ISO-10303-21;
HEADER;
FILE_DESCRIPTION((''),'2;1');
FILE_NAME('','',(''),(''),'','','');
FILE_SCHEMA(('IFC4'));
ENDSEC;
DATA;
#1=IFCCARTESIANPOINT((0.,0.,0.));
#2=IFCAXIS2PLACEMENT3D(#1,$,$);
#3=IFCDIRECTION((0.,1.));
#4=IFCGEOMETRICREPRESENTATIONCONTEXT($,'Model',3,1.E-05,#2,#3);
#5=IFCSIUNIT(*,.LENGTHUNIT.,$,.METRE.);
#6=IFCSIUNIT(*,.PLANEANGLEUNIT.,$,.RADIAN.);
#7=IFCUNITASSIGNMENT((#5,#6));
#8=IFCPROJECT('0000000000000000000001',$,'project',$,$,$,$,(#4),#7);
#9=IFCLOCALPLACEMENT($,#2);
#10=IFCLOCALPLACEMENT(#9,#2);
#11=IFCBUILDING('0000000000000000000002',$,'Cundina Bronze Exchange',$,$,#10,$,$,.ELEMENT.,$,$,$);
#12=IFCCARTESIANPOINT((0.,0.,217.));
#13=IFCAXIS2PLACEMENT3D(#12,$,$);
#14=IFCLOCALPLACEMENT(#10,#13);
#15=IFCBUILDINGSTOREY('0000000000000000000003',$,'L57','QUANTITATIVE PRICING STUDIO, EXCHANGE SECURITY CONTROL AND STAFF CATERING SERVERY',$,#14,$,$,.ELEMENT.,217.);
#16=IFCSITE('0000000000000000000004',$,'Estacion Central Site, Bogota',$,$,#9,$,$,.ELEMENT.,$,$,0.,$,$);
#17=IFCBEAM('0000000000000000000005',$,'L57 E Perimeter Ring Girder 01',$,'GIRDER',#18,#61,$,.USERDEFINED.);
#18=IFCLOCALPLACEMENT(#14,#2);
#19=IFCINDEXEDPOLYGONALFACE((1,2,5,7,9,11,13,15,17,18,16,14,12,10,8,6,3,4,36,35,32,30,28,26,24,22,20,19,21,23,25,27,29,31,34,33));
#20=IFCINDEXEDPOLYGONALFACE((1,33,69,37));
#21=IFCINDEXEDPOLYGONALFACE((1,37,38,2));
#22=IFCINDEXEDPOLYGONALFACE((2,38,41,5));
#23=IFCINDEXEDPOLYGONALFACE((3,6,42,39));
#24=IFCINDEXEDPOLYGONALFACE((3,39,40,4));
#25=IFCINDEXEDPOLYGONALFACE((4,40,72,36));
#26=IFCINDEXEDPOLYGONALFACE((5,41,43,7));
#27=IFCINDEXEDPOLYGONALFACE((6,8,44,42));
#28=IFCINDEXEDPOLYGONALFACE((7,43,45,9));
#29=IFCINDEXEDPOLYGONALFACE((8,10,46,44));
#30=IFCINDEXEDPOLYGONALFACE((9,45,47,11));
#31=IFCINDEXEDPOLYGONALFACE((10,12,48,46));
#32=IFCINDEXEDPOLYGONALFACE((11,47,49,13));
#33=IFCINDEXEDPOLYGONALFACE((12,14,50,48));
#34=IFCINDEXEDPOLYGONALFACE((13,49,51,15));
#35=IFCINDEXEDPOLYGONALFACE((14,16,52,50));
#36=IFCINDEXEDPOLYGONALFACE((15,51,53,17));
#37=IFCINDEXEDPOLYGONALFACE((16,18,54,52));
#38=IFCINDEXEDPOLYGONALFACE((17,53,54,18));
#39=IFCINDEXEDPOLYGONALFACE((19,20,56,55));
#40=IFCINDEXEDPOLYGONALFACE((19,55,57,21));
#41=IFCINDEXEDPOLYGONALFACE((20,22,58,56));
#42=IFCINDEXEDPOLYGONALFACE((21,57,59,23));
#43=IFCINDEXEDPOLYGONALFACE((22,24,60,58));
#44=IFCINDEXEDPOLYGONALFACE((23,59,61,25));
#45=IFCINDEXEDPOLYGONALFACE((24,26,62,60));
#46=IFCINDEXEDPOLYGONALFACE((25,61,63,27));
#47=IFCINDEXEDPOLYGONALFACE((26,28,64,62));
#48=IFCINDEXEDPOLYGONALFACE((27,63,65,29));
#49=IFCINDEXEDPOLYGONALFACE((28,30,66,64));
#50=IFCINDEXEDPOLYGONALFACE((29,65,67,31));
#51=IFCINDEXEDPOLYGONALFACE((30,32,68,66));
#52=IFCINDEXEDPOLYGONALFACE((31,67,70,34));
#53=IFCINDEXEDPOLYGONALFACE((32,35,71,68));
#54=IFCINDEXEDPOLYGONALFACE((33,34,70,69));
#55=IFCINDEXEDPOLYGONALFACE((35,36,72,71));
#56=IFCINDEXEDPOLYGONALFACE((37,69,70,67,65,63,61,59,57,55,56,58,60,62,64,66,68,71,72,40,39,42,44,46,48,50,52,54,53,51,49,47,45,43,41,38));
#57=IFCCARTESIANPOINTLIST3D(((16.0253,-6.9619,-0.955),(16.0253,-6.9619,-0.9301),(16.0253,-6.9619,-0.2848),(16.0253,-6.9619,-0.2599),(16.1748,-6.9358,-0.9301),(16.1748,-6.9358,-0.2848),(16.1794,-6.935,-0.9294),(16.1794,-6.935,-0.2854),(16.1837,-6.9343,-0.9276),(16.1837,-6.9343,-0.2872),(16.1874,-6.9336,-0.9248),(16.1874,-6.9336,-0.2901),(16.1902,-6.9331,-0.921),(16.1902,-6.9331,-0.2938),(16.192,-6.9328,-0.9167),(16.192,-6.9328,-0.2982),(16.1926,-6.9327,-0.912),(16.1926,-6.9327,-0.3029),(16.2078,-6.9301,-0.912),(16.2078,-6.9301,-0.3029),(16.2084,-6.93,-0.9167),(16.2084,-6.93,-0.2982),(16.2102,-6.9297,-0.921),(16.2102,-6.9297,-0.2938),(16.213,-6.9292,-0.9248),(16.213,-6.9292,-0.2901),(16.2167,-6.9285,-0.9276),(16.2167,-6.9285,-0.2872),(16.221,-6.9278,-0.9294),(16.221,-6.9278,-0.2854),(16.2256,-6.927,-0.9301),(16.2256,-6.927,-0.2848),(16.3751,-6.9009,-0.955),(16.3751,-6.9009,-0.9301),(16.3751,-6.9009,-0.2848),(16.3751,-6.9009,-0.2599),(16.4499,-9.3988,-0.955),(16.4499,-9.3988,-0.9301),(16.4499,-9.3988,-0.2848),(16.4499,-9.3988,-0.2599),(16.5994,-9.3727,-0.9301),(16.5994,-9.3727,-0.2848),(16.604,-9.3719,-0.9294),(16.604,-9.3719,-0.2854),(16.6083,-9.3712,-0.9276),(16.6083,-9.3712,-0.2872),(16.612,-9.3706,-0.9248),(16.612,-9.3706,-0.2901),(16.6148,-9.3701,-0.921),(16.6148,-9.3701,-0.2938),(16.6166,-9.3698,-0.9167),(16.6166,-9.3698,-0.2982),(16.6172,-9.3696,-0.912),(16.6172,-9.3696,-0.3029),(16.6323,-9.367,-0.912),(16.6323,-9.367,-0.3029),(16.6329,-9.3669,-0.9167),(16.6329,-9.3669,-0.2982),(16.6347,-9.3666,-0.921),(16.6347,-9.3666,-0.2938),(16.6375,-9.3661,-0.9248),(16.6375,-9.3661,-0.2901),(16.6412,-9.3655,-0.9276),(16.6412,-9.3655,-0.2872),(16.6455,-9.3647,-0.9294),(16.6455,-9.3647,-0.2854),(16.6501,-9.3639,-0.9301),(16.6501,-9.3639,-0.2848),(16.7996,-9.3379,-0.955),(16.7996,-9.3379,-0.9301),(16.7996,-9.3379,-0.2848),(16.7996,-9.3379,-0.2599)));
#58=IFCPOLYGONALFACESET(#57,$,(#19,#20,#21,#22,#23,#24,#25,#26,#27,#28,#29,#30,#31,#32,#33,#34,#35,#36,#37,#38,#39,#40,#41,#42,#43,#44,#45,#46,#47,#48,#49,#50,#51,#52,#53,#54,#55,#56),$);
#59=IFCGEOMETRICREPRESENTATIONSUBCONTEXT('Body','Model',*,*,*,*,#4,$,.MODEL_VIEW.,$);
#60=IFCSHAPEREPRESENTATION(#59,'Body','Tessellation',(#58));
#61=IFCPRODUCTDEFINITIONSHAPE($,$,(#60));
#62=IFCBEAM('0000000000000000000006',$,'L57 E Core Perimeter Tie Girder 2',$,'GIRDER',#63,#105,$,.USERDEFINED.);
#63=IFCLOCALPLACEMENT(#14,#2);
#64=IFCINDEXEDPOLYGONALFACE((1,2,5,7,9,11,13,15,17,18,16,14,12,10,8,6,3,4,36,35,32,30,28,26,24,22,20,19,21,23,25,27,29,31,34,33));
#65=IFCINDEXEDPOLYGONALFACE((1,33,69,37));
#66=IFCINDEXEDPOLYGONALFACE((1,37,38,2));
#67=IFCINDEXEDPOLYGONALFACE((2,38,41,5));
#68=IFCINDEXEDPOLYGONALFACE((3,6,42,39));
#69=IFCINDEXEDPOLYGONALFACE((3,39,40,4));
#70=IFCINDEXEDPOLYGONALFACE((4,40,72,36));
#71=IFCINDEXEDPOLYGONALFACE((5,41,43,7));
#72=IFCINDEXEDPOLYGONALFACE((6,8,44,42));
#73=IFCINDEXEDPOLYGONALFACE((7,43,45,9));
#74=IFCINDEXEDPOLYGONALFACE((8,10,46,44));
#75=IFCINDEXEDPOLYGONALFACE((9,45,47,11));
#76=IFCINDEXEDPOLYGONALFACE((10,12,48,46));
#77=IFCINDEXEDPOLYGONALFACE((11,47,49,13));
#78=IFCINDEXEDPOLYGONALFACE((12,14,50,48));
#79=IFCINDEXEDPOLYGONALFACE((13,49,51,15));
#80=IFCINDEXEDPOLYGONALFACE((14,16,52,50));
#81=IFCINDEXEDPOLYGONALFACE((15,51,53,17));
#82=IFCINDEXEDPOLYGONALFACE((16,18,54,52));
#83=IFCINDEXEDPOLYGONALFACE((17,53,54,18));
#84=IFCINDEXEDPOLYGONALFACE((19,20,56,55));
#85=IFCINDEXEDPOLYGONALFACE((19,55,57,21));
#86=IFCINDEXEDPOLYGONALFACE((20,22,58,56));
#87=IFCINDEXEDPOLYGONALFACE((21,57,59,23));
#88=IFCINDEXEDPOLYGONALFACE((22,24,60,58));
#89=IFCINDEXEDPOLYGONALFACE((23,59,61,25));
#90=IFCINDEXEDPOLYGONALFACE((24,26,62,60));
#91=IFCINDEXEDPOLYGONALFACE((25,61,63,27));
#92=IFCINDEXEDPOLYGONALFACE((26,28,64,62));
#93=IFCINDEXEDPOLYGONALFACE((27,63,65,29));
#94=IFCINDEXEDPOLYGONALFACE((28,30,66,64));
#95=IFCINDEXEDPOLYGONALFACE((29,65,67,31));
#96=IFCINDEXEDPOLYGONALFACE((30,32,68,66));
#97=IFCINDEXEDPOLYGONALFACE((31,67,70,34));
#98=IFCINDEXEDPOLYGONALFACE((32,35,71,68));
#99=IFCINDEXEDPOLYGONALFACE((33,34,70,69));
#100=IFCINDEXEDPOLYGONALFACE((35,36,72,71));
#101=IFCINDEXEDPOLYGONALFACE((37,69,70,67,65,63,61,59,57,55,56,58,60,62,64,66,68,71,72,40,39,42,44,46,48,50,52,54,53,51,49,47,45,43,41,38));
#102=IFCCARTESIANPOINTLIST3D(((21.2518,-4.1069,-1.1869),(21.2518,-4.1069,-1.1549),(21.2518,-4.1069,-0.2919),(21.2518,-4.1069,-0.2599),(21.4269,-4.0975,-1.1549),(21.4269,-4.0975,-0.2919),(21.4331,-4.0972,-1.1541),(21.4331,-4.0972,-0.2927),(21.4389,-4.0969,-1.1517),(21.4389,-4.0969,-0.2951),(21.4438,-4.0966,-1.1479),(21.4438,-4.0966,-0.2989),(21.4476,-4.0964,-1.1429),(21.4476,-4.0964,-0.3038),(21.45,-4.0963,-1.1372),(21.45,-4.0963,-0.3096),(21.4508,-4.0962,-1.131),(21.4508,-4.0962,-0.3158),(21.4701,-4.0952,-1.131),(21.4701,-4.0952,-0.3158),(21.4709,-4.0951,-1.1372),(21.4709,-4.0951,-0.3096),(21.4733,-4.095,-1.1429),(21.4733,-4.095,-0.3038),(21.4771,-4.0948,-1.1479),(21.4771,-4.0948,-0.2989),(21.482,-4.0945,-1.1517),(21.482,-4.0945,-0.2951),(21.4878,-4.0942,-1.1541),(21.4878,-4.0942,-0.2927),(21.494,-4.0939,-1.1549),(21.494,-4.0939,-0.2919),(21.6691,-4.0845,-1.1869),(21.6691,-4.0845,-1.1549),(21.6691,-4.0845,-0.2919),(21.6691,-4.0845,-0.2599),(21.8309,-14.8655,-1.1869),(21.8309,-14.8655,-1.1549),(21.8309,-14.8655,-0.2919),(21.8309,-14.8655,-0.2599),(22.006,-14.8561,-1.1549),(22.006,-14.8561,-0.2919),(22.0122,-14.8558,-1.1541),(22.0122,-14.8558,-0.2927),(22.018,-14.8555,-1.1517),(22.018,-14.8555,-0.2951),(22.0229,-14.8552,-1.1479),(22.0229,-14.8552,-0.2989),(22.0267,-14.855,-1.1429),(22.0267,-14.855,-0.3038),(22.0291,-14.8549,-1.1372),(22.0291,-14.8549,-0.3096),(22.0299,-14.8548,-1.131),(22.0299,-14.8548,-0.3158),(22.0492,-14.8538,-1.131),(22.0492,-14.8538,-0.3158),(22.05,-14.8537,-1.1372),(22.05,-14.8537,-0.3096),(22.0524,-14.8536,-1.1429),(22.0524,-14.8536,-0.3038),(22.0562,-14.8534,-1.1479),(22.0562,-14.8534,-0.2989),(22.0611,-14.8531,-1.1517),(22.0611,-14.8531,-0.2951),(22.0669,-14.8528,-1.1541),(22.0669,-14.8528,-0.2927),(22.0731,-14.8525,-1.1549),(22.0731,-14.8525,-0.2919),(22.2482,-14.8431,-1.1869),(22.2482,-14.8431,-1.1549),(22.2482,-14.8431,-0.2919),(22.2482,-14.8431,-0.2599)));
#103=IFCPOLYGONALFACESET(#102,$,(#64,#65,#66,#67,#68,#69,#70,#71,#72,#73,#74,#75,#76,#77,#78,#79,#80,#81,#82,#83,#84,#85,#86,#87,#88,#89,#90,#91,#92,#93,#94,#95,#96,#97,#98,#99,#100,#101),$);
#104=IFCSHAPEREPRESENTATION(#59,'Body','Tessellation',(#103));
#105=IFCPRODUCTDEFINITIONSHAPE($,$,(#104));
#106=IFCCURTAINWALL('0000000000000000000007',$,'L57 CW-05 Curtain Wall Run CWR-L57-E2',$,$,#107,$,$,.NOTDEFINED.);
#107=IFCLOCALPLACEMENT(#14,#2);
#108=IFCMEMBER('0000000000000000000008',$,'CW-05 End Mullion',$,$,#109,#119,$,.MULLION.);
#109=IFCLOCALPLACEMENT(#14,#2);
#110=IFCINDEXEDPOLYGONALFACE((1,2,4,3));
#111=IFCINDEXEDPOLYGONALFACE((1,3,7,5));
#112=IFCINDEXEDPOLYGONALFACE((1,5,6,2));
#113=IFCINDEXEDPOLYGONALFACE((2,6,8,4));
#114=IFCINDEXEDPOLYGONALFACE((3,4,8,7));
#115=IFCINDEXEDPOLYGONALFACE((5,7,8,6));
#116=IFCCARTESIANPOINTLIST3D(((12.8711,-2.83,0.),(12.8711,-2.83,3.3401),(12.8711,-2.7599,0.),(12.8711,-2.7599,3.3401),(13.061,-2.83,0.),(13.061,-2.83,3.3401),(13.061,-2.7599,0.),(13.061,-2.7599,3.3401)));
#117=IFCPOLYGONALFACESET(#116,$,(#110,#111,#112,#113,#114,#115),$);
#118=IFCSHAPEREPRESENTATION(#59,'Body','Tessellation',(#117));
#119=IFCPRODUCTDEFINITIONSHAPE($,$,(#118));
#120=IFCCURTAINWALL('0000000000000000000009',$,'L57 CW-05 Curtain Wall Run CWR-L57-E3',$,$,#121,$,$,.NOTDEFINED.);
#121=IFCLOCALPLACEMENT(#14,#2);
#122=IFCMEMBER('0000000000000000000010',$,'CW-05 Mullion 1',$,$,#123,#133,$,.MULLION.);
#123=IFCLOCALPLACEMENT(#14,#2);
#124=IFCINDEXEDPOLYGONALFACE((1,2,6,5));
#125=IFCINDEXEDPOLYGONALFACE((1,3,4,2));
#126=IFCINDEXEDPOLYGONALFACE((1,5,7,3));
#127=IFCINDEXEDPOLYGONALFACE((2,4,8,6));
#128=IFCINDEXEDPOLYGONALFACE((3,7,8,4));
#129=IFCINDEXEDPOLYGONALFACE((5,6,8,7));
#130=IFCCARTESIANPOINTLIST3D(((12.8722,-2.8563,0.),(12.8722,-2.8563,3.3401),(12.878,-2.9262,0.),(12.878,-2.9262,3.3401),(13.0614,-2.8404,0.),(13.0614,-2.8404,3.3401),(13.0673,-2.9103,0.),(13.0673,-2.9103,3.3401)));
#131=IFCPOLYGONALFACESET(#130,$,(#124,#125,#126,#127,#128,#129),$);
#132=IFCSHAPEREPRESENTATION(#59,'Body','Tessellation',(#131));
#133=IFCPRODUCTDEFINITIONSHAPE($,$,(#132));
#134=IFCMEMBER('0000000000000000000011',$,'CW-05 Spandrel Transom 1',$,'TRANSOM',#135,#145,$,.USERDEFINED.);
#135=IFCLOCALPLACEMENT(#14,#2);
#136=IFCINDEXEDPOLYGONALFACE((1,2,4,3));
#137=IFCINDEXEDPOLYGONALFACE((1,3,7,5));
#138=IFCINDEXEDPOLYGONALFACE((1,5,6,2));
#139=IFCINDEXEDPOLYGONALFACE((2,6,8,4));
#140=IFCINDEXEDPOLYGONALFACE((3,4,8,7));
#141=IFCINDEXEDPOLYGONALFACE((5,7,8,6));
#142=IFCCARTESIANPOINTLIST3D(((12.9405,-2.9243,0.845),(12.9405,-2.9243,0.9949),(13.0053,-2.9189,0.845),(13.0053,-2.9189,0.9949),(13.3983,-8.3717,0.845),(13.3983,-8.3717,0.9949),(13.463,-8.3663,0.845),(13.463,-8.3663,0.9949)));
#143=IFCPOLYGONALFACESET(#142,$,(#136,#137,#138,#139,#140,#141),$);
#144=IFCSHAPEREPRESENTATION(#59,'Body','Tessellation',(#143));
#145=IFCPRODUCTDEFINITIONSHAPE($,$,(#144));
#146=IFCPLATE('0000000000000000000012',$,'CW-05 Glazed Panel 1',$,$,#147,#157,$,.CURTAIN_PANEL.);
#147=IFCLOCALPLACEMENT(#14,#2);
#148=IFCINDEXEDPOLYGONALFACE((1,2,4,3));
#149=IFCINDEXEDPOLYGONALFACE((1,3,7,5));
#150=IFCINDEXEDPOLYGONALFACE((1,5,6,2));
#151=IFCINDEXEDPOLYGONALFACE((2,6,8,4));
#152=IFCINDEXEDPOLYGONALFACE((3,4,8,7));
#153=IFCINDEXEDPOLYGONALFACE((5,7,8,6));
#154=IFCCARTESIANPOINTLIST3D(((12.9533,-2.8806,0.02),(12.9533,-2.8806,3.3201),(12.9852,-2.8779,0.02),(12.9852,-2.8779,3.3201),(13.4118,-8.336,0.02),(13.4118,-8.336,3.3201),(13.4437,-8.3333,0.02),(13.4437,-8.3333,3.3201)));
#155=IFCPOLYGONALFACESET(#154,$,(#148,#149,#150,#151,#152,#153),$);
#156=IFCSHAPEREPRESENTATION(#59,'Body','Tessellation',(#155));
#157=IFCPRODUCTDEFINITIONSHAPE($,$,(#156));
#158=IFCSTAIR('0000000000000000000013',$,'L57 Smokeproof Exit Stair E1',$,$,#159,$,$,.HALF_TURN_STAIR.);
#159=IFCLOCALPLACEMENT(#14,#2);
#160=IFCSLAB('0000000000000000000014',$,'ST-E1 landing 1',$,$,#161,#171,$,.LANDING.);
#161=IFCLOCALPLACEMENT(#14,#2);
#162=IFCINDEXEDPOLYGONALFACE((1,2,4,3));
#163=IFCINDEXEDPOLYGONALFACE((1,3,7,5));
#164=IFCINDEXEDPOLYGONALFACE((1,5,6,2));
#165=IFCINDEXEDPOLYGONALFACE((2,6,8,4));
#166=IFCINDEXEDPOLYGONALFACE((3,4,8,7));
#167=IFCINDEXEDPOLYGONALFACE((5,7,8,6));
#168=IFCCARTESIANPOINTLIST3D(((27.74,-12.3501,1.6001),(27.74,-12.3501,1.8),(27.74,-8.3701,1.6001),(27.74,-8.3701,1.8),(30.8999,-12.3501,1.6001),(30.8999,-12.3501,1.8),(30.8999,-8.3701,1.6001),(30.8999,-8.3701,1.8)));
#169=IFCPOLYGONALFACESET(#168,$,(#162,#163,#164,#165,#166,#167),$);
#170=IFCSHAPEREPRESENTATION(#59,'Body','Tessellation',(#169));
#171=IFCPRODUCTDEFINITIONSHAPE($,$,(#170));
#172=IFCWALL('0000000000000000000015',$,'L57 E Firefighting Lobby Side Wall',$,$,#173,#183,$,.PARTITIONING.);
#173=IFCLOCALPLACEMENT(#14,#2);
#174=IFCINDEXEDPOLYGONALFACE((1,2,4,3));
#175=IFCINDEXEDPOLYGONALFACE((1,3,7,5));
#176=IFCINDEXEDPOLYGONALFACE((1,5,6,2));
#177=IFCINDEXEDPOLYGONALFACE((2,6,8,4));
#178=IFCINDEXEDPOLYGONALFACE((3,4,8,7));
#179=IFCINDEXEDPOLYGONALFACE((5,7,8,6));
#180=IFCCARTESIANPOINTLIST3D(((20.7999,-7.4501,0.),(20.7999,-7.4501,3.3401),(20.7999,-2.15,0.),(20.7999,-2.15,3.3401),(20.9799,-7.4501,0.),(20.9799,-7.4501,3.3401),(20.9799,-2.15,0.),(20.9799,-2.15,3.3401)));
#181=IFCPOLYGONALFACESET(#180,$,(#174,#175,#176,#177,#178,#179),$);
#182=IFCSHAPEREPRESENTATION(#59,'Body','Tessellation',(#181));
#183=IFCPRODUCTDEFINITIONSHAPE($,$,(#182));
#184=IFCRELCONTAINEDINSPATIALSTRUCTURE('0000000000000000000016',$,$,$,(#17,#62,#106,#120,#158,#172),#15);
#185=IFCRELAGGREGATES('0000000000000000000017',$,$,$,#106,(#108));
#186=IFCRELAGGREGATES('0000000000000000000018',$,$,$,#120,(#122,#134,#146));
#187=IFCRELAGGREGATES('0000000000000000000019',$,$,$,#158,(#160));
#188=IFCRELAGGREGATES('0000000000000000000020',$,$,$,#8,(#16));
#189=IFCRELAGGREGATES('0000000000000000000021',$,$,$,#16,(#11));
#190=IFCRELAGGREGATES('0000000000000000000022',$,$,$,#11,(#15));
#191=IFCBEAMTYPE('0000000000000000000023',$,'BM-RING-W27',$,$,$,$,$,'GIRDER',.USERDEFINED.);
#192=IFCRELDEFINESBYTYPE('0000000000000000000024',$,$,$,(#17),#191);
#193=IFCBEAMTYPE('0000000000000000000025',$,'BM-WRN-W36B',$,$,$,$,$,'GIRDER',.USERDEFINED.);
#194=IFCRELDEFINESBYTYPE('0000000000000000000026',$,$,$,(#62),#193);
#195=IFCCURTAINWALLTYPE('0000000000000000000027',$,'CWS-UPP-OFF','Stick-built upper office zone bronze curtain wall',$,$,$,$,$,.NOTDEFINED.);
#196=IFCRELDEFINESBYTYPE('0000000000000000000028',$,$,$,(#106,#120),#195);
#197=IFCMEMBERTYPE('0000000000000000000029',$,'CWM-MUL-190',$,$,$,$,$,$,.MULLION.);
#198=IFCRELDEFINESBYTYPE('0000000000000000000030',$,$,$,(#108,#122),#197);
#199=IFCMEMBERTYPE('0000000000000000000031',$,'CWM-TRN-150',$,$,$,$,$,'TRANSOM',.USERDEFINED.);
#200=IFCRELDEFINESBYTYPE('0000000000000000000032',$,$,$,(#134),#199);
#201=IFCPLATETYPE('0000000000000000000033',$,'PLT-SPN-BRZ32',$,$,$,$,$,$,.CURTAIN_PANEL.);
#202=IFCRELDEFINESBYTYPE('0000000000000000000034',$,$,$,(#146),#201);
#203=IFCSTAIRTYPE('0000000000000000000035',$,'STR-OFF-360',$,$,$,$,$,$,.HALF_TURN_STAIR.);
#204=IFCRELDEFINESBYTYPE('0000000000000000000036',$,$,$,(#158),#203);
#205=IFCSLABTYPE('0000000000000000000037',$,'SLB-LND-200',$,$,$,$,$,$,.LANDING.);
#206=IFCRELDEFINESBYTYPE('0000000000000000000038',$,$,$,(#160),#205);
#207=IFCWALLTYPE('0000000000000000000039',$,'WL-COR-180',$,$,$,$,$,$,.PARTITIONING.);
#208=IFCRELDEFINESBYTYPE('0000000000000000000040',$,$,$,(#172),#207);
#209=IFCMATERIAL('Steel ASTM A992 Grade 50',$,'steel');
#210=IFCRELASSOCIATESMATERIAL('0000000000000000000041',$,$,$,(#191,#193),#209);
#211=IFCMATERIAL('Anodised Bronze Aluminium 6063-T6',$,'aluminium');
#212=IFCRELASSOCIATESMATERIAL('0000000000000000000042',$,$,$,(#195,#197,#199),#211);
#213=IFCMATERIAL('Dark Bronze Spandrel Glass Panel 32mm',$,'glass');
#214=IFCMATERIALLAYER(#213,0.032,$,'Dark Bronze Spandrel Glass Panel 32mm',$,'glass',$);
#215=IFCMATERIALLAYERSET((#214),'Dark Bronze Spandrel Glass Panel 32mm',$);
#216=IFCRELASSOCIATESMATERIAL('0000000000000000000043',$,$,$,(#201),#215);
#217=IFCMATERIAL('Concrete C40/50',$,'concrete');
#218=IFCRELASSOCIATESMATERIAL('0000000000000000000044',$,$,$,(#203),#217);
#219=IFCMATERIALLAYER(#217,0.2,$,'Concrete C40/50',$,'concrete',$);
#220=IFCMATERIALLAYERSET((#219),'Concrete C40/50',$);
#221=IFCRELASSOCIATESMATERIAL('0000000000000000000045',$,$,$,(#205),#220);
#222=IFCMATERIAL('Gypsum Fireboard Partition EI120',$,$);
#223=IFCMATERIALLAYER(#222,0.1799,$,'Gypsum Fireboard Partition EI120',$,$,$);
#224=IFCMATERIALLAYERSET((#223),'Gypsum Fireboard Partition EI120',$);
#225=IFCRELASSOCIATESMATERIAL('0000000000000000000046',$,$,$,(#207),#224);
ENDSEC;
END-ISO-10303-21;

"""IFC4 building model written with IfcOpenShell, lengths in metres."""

from ifc_helpers import new_model, si_unit, direction, frame, frame_2d, origin, origin_2d, place, context, subcontext, project, spatial, polyline, rectangle, i_section, outline, extrude, material, layer, layer_set, material_profile, profile_set, type_object, element, aggregate, save


model = new_model("IFC4")

# Units and contexts
model_context = context("Model", 3, precision=1e-05, world=origin(), true_north=direction((0.0, 1.0)))
body_context = subcontext(model_context, "Body", "Model", "MODEL_VIEW")
ifc_project = project(units=[si_unit("LENGTHUNIT", "METRE"), si_unit("PLANEANGLEUNIT", "RADIAN")], contexts=[model_context])

# Site, building, storey
site_placement = place(None, origin())
site = spatial("IfcSite", under=ifc_project, at=site_placement, Name="Estacion Central Site, Bogota", CompositionType="ELEMENT", RefElevation=0.0)
building_placement = place(site_placement, origin())
building = spatial("IfcBuilding", under=site, at=building_placement, Name="Cundina Bronze Exchange", CompositionType="ELEMENT")
storey_placement = place(building_placement, frame((0.0, 0.0, 217.0)))
storey = spatial("IfcBuildingStorey", under=building, at=storey_placement, Name="L57", Description="QUANTITATIVE PRICING STUDIO, EXCHANGE SECURITY CONTROL AND STAFF CATERING SERVERY", CompositionType="ELEMENT", Elevation=217.0)

# Shared definitions
ifc_material_1 = material(Name="Steel ASTM A992 Grade 50", Category="steel")

# Beams
ifc_material_profile_1 = material_profile(ifc_material_1, i_section(OverallWidth=0.355, OverallDepth=0.6951, WebThickness=0.0154, FlangeThickness=0.0249, FilletRadius=0.0181, at=origin_2d()), Name="W27X146", Category="steel")
ifc_profile_set_1 = profile_set([ifc_material_profile_1], Name="Steel ASTM A992 Grade 50")
beam_type_1 = type_object("IfcBeamType", Name="BM-RING-W27", ElementType="GIRDER", PredefinedType="USERDEFINED", material=ifc_profile_set_1)
for number, where, z_axis, x_axis, name in (
    (1, (16.2002, -6.9314, -0.6074), (0.171629, -0.985162, 0.0), (0.985162, 0.171629, 0.0), "L57 E Perimeter Ring Girder 01"),
):
    element("IfcBeam", number, at=place(storey_placement, frame(where, z_axis=z_axis, x_axis=x_axis)), inside=storey, type_object=beam_type_1, Name=name, ObjectType="GIRDER", PredefinedType="USERDEFINED", context=body_context, shape_type="SweptSolid", body=[
        extrude(i_section(OverallWidth=0.355, OverallDepth=0.6951, WebThickness=0.0154, FlangeThickness=0.0249, FilletRadius=0.0181, at=origin_2d()), origin(), (0.0, 0.0, 1.0), 2.4736),
    ])
ifc_material_profile_2 = material_profile(ifc_material_1, i_section(OverallWidth=0.418, OverallDepth=0.927, WebThickness=0.0193, FlangeThickness=0.032, FilletRadius=0.0239, at=origin_2d()), Name="W36X231", Category="steel")
ifc_profile_set_2 = profile_set([ifc_material_profile_2], Name="Steel ASTM A992 Grade 50")
beam_type_2 = type_object("IfcBeamType", Name="BM-WRN-W36B", ElementType="GIRDER", PredefinedType="USERDEFINED", material=ifc_profile_set_2)
beam_1_placement = place(storey_placement, frame((21.4604, -4.0957, -0.7234), z_axis=(0.053749, -0.998554, 0.0), x_axis=(0.998554, 0.053749, 0.0)))
element("IfcBeam", 2, at=beam_1_placement, inside=storey, type_object=beam_type_2, Name="L57 E Core Perimeter Tie Girder 2", ObjectType="GIRDER", PredefinedType="USERDEFINED", context=body_context, shape_type="SweptSolid", body=[
    extrude(i_section(OverallWidth=0.418, OverallDepth=0.927, WebThickness=0.0193, FlangeThickness=0.032, FilletRadius=0.0239, at=origin_2d()), origin(), (0.0, 0.0, 1.0), 10.7742),
])

# Curtain wall, member
ifc_material_2 = material(Name="Anodised Bronze Aluminium 6063-T6", Category="aluminium")
curtain_wall_type = type_object("IfcCurtainWallType", Name="CWS-UPP-OFF", Description="Stick-built upper office zone bronze curtain wall", PredefinedType="NOTDEFINED", material=ifc_material_2)
curtain_wall_1_placement = place(storey_placement, origin())
curtain_wall_1 = element("IfcCurtainWall", 3, at=curtain_wall_1_placement, inside=storey, type_object=curtain_wall_type, Name="L57 CW-05 Curtain Wall Run CWR-L57-E2", PredefinedType="NOTDEFINED")
ifc_material_profile_3 = material_profile(ifc_material_2, rectangle(XDim=0.0701, YDim=0.1899, at=origin_2d()), Name="AL70X190", Category="aluminium")
ifc_profile_set_3 = profile_set([ifc_material_profile_3], Name="Anodised Bronze Aluminium 6063-T6")
member_type_1 = type_object("IfcMemberType", Name="CWM-MUL-190", PredefinedType="MULLION", material=ifc_profile_set_3)
member_1_placement = place(storey_placement, frame((12.9661, -2.7949, 0.0), z_axis=(0.0, 0.0, 1.0), x_axis=(0.0, -1.0, 0.0)))
member_1 = element("IfcMember", 4, at=member_1_placement, type_object=member_type_1, Name="CW-05 End Mullion", PredefinedType="MULLION", context=body_context, shape_type="SweptSolid", body=[
    extrude(rectangle(XDim=0.0701, YDim=0.1899, at=origin_2d()), origin(), (0.0, 0.0, 1.0), 3.3401),
])
aggregate(curtain_wall_1, [member_1])

# Curtain wall, members, plate
curtain_wall_2_placement = place(storey_placement, origin())
curtain_wall_2 = element("IfcCurtainWall", 5, at=curtain_wall_2_placement, inside=storey, type_object=curtain_wall_type, Name="L57 CW-05 Curtain Wall Run CWR-L57-E3", PredefinedType="NOTDEFINED")
member_2_placement = place(storey_placement, frame((12.9697, -2.8833, 0.0), z_axis=(0.0, 0.0, 1.0), x_axis=(0.083678, -0.996493, 0.0)))
member_2 = element("IfcMember", 6, at=member_2_placement, type_object=member_type_1, Name="CW-05 Mullion 1", PredefinedType="MULLION", context=body_context, shape_type="SweptSolid", body=[
    extrude(rectangle(XDim=0.0701, YDim=0.1899, at=origin_2d()), origin(), (0.0, 0.0, 1.0), 3.3401),
])
ifc_material_profile_4 = material_profile(ifc_material_2, rectangle(XDim=0.0649, YDim=0.1499, at=origin_2d()), Name="AL65X150", Category="aluminium")
ifc_profile_set_4 = profile_set([ifc_material_profile_4], Name="Anodised Bronze Aluminium 6063-T6")
member_type_2 = type_object("IfcMemberType", Name="CWM-TRN-150", ElementType="TRANSOM", PredefinedType="USERDEFINED", material=ifc_profile_set_4)
member_3_placement = place(storey_placement, frame((12.9729, -2.9216, 0.9199), z_axis=(0.08374, -0.996488, 0.0), x_axis=(0.996488, 0.08374, 0.0)))
member_3 = element("IfcMember", 7, at=member_3_placement, type_object=member_type_2, Name="CW-05 Spandrel Transom 1", ObjectType="TRANSOM", PredefinedType="USERDEFINED", context=body_context, shape_type="SweptSolid", body=[
    extrude(rectangle(XDim=0.0649, YDim=0.1499, at=origin_2d()), origin(), (0.0, 0.0, 1.0), 5.4666),
])
ifc_material_3 = material(Name="Dark Bronze Spandrel Glass Panel 32mm", Category="glass")
ifc_layer_1 = layer(ifc_material_3, 0.032, Name="Dark Bronze Spandrel Glass Panel 32mm", Category="glass")
ifc_layer_set_1 = layer_set([ifc_layer_1], Name="Dark Bronze Spandrel Glass Panel 32mm")
plate_type = type_object("IfcPlateType", Name="PLT-SPN-BRZ32", PredefinedType="CURTAIN_PANEL", material=ifc_layer_set_1)
plate_placement = place(storey_placement, frame((13.1985, -5.6069, 0.02), z_axis=(0.0, 0.0, 1.0), x_axis=(0.083747, -0.996487, 0.0)))
plate = element("IfcPlate", 8, at=plate_placement, type_object=plate_type, Name="CW-05 Glazed Panel 1", PredefinedType="CURTAIN_PANEL", context=body_context, shape_type="SweptSolid", body=[
    extrude(rectangle(XDim=5.4746, YDim=0.032, at=origin_2d()), origin(), (0.0, 0.0, 1.0), 3.3),
])
aggregate(curtain_wall_2, [member_2, member_3, plate])

# Stair, slab
ifc_material_4 = material(Name="Concrete C40/50", Category="concrete")
stair_type = type_object("IfcStairType", Name="STR-OFF-360", PredefinedType="HALF_TURN_STAIR", material=ifc_material_4)
stair_placement = place(storey_placement, origin())
stair = element("IfcStair", 9, at=stair_placement, inside=storey, type_object=stair_type, Name="L57 Smokeproof Exit Stair E1", PredefinedType="HALF_TURN_STAIR")
ifc_layer_2 = layer(ifc_material_4, 0.2, Name="Concrete C40/50", Category="concrete")
ifc_layer_set_2 = layer_set([ifc_layer_2], Name="Concrete C40/50")
slab_type = type_object("IfcSlabType", Name="SLB-LND-200", PredefinedType="LANDING", material=ifc_layer_set_2)
slab_placement = place(storey_placement, frame((0.0, 0.0, 1.6001)))
slab = element("IfcSlab", 10, at=slab_placement, type_object=slab_type, Name="ST-E1 landing 1", PredefinedType="LANDING", context=body_context, shape_type="SweptSolid", body=[
    extrude(outline(polyline([(27.74, -8.3701), (27.74, -12.3501), (30.8999, -12.3501), (30.8999, -8.3701), (27.74, -8.3701)])), origin(), (0.0, 0.0, 1.0), 0.2),
])

# Wall
ifc_material_5 = material(Name="Gypsum Fireboard Partition EI120")
ifc_layer_3 = layer(ifc_material_5, 0.1799, Name="Gypsum Fireboard Partition EI120")
ifc_layer_set_3 = layer_set([ifc_layer_3], Name="Gypsum Fireboard Partition EI120")
wall_type_1 = type_object("IfcWallType", Name="WL-COR-180", PredefinedType="PARTITIONING", material=ifc_layer_set_3)
wall_1_placement = place(storey_placement, frame((20.8899, -7.45, 0.0), z_axis=(0.0, 0.0, 1.0), x_axis=(0.0, 1.0, 0.0)))
element("IfcWall", 11, at=wall_1_placement, inside=storey, type_object=wall_type_1, Name="L57 E Firefighting Lobby Side Wall", PredefinedType="PARTITIONING", context=body_context, shape_type="SweptSolid", body=[
    extrude(rectangle(XDim=5.3, YDim=0.1799, at=frame_2d((2.6499, 0.0))), origin(), (0.0, 0.0, 1.0), 3.3401),
])

aggregate(stair, [slab])

save(model, "model.ifc")
